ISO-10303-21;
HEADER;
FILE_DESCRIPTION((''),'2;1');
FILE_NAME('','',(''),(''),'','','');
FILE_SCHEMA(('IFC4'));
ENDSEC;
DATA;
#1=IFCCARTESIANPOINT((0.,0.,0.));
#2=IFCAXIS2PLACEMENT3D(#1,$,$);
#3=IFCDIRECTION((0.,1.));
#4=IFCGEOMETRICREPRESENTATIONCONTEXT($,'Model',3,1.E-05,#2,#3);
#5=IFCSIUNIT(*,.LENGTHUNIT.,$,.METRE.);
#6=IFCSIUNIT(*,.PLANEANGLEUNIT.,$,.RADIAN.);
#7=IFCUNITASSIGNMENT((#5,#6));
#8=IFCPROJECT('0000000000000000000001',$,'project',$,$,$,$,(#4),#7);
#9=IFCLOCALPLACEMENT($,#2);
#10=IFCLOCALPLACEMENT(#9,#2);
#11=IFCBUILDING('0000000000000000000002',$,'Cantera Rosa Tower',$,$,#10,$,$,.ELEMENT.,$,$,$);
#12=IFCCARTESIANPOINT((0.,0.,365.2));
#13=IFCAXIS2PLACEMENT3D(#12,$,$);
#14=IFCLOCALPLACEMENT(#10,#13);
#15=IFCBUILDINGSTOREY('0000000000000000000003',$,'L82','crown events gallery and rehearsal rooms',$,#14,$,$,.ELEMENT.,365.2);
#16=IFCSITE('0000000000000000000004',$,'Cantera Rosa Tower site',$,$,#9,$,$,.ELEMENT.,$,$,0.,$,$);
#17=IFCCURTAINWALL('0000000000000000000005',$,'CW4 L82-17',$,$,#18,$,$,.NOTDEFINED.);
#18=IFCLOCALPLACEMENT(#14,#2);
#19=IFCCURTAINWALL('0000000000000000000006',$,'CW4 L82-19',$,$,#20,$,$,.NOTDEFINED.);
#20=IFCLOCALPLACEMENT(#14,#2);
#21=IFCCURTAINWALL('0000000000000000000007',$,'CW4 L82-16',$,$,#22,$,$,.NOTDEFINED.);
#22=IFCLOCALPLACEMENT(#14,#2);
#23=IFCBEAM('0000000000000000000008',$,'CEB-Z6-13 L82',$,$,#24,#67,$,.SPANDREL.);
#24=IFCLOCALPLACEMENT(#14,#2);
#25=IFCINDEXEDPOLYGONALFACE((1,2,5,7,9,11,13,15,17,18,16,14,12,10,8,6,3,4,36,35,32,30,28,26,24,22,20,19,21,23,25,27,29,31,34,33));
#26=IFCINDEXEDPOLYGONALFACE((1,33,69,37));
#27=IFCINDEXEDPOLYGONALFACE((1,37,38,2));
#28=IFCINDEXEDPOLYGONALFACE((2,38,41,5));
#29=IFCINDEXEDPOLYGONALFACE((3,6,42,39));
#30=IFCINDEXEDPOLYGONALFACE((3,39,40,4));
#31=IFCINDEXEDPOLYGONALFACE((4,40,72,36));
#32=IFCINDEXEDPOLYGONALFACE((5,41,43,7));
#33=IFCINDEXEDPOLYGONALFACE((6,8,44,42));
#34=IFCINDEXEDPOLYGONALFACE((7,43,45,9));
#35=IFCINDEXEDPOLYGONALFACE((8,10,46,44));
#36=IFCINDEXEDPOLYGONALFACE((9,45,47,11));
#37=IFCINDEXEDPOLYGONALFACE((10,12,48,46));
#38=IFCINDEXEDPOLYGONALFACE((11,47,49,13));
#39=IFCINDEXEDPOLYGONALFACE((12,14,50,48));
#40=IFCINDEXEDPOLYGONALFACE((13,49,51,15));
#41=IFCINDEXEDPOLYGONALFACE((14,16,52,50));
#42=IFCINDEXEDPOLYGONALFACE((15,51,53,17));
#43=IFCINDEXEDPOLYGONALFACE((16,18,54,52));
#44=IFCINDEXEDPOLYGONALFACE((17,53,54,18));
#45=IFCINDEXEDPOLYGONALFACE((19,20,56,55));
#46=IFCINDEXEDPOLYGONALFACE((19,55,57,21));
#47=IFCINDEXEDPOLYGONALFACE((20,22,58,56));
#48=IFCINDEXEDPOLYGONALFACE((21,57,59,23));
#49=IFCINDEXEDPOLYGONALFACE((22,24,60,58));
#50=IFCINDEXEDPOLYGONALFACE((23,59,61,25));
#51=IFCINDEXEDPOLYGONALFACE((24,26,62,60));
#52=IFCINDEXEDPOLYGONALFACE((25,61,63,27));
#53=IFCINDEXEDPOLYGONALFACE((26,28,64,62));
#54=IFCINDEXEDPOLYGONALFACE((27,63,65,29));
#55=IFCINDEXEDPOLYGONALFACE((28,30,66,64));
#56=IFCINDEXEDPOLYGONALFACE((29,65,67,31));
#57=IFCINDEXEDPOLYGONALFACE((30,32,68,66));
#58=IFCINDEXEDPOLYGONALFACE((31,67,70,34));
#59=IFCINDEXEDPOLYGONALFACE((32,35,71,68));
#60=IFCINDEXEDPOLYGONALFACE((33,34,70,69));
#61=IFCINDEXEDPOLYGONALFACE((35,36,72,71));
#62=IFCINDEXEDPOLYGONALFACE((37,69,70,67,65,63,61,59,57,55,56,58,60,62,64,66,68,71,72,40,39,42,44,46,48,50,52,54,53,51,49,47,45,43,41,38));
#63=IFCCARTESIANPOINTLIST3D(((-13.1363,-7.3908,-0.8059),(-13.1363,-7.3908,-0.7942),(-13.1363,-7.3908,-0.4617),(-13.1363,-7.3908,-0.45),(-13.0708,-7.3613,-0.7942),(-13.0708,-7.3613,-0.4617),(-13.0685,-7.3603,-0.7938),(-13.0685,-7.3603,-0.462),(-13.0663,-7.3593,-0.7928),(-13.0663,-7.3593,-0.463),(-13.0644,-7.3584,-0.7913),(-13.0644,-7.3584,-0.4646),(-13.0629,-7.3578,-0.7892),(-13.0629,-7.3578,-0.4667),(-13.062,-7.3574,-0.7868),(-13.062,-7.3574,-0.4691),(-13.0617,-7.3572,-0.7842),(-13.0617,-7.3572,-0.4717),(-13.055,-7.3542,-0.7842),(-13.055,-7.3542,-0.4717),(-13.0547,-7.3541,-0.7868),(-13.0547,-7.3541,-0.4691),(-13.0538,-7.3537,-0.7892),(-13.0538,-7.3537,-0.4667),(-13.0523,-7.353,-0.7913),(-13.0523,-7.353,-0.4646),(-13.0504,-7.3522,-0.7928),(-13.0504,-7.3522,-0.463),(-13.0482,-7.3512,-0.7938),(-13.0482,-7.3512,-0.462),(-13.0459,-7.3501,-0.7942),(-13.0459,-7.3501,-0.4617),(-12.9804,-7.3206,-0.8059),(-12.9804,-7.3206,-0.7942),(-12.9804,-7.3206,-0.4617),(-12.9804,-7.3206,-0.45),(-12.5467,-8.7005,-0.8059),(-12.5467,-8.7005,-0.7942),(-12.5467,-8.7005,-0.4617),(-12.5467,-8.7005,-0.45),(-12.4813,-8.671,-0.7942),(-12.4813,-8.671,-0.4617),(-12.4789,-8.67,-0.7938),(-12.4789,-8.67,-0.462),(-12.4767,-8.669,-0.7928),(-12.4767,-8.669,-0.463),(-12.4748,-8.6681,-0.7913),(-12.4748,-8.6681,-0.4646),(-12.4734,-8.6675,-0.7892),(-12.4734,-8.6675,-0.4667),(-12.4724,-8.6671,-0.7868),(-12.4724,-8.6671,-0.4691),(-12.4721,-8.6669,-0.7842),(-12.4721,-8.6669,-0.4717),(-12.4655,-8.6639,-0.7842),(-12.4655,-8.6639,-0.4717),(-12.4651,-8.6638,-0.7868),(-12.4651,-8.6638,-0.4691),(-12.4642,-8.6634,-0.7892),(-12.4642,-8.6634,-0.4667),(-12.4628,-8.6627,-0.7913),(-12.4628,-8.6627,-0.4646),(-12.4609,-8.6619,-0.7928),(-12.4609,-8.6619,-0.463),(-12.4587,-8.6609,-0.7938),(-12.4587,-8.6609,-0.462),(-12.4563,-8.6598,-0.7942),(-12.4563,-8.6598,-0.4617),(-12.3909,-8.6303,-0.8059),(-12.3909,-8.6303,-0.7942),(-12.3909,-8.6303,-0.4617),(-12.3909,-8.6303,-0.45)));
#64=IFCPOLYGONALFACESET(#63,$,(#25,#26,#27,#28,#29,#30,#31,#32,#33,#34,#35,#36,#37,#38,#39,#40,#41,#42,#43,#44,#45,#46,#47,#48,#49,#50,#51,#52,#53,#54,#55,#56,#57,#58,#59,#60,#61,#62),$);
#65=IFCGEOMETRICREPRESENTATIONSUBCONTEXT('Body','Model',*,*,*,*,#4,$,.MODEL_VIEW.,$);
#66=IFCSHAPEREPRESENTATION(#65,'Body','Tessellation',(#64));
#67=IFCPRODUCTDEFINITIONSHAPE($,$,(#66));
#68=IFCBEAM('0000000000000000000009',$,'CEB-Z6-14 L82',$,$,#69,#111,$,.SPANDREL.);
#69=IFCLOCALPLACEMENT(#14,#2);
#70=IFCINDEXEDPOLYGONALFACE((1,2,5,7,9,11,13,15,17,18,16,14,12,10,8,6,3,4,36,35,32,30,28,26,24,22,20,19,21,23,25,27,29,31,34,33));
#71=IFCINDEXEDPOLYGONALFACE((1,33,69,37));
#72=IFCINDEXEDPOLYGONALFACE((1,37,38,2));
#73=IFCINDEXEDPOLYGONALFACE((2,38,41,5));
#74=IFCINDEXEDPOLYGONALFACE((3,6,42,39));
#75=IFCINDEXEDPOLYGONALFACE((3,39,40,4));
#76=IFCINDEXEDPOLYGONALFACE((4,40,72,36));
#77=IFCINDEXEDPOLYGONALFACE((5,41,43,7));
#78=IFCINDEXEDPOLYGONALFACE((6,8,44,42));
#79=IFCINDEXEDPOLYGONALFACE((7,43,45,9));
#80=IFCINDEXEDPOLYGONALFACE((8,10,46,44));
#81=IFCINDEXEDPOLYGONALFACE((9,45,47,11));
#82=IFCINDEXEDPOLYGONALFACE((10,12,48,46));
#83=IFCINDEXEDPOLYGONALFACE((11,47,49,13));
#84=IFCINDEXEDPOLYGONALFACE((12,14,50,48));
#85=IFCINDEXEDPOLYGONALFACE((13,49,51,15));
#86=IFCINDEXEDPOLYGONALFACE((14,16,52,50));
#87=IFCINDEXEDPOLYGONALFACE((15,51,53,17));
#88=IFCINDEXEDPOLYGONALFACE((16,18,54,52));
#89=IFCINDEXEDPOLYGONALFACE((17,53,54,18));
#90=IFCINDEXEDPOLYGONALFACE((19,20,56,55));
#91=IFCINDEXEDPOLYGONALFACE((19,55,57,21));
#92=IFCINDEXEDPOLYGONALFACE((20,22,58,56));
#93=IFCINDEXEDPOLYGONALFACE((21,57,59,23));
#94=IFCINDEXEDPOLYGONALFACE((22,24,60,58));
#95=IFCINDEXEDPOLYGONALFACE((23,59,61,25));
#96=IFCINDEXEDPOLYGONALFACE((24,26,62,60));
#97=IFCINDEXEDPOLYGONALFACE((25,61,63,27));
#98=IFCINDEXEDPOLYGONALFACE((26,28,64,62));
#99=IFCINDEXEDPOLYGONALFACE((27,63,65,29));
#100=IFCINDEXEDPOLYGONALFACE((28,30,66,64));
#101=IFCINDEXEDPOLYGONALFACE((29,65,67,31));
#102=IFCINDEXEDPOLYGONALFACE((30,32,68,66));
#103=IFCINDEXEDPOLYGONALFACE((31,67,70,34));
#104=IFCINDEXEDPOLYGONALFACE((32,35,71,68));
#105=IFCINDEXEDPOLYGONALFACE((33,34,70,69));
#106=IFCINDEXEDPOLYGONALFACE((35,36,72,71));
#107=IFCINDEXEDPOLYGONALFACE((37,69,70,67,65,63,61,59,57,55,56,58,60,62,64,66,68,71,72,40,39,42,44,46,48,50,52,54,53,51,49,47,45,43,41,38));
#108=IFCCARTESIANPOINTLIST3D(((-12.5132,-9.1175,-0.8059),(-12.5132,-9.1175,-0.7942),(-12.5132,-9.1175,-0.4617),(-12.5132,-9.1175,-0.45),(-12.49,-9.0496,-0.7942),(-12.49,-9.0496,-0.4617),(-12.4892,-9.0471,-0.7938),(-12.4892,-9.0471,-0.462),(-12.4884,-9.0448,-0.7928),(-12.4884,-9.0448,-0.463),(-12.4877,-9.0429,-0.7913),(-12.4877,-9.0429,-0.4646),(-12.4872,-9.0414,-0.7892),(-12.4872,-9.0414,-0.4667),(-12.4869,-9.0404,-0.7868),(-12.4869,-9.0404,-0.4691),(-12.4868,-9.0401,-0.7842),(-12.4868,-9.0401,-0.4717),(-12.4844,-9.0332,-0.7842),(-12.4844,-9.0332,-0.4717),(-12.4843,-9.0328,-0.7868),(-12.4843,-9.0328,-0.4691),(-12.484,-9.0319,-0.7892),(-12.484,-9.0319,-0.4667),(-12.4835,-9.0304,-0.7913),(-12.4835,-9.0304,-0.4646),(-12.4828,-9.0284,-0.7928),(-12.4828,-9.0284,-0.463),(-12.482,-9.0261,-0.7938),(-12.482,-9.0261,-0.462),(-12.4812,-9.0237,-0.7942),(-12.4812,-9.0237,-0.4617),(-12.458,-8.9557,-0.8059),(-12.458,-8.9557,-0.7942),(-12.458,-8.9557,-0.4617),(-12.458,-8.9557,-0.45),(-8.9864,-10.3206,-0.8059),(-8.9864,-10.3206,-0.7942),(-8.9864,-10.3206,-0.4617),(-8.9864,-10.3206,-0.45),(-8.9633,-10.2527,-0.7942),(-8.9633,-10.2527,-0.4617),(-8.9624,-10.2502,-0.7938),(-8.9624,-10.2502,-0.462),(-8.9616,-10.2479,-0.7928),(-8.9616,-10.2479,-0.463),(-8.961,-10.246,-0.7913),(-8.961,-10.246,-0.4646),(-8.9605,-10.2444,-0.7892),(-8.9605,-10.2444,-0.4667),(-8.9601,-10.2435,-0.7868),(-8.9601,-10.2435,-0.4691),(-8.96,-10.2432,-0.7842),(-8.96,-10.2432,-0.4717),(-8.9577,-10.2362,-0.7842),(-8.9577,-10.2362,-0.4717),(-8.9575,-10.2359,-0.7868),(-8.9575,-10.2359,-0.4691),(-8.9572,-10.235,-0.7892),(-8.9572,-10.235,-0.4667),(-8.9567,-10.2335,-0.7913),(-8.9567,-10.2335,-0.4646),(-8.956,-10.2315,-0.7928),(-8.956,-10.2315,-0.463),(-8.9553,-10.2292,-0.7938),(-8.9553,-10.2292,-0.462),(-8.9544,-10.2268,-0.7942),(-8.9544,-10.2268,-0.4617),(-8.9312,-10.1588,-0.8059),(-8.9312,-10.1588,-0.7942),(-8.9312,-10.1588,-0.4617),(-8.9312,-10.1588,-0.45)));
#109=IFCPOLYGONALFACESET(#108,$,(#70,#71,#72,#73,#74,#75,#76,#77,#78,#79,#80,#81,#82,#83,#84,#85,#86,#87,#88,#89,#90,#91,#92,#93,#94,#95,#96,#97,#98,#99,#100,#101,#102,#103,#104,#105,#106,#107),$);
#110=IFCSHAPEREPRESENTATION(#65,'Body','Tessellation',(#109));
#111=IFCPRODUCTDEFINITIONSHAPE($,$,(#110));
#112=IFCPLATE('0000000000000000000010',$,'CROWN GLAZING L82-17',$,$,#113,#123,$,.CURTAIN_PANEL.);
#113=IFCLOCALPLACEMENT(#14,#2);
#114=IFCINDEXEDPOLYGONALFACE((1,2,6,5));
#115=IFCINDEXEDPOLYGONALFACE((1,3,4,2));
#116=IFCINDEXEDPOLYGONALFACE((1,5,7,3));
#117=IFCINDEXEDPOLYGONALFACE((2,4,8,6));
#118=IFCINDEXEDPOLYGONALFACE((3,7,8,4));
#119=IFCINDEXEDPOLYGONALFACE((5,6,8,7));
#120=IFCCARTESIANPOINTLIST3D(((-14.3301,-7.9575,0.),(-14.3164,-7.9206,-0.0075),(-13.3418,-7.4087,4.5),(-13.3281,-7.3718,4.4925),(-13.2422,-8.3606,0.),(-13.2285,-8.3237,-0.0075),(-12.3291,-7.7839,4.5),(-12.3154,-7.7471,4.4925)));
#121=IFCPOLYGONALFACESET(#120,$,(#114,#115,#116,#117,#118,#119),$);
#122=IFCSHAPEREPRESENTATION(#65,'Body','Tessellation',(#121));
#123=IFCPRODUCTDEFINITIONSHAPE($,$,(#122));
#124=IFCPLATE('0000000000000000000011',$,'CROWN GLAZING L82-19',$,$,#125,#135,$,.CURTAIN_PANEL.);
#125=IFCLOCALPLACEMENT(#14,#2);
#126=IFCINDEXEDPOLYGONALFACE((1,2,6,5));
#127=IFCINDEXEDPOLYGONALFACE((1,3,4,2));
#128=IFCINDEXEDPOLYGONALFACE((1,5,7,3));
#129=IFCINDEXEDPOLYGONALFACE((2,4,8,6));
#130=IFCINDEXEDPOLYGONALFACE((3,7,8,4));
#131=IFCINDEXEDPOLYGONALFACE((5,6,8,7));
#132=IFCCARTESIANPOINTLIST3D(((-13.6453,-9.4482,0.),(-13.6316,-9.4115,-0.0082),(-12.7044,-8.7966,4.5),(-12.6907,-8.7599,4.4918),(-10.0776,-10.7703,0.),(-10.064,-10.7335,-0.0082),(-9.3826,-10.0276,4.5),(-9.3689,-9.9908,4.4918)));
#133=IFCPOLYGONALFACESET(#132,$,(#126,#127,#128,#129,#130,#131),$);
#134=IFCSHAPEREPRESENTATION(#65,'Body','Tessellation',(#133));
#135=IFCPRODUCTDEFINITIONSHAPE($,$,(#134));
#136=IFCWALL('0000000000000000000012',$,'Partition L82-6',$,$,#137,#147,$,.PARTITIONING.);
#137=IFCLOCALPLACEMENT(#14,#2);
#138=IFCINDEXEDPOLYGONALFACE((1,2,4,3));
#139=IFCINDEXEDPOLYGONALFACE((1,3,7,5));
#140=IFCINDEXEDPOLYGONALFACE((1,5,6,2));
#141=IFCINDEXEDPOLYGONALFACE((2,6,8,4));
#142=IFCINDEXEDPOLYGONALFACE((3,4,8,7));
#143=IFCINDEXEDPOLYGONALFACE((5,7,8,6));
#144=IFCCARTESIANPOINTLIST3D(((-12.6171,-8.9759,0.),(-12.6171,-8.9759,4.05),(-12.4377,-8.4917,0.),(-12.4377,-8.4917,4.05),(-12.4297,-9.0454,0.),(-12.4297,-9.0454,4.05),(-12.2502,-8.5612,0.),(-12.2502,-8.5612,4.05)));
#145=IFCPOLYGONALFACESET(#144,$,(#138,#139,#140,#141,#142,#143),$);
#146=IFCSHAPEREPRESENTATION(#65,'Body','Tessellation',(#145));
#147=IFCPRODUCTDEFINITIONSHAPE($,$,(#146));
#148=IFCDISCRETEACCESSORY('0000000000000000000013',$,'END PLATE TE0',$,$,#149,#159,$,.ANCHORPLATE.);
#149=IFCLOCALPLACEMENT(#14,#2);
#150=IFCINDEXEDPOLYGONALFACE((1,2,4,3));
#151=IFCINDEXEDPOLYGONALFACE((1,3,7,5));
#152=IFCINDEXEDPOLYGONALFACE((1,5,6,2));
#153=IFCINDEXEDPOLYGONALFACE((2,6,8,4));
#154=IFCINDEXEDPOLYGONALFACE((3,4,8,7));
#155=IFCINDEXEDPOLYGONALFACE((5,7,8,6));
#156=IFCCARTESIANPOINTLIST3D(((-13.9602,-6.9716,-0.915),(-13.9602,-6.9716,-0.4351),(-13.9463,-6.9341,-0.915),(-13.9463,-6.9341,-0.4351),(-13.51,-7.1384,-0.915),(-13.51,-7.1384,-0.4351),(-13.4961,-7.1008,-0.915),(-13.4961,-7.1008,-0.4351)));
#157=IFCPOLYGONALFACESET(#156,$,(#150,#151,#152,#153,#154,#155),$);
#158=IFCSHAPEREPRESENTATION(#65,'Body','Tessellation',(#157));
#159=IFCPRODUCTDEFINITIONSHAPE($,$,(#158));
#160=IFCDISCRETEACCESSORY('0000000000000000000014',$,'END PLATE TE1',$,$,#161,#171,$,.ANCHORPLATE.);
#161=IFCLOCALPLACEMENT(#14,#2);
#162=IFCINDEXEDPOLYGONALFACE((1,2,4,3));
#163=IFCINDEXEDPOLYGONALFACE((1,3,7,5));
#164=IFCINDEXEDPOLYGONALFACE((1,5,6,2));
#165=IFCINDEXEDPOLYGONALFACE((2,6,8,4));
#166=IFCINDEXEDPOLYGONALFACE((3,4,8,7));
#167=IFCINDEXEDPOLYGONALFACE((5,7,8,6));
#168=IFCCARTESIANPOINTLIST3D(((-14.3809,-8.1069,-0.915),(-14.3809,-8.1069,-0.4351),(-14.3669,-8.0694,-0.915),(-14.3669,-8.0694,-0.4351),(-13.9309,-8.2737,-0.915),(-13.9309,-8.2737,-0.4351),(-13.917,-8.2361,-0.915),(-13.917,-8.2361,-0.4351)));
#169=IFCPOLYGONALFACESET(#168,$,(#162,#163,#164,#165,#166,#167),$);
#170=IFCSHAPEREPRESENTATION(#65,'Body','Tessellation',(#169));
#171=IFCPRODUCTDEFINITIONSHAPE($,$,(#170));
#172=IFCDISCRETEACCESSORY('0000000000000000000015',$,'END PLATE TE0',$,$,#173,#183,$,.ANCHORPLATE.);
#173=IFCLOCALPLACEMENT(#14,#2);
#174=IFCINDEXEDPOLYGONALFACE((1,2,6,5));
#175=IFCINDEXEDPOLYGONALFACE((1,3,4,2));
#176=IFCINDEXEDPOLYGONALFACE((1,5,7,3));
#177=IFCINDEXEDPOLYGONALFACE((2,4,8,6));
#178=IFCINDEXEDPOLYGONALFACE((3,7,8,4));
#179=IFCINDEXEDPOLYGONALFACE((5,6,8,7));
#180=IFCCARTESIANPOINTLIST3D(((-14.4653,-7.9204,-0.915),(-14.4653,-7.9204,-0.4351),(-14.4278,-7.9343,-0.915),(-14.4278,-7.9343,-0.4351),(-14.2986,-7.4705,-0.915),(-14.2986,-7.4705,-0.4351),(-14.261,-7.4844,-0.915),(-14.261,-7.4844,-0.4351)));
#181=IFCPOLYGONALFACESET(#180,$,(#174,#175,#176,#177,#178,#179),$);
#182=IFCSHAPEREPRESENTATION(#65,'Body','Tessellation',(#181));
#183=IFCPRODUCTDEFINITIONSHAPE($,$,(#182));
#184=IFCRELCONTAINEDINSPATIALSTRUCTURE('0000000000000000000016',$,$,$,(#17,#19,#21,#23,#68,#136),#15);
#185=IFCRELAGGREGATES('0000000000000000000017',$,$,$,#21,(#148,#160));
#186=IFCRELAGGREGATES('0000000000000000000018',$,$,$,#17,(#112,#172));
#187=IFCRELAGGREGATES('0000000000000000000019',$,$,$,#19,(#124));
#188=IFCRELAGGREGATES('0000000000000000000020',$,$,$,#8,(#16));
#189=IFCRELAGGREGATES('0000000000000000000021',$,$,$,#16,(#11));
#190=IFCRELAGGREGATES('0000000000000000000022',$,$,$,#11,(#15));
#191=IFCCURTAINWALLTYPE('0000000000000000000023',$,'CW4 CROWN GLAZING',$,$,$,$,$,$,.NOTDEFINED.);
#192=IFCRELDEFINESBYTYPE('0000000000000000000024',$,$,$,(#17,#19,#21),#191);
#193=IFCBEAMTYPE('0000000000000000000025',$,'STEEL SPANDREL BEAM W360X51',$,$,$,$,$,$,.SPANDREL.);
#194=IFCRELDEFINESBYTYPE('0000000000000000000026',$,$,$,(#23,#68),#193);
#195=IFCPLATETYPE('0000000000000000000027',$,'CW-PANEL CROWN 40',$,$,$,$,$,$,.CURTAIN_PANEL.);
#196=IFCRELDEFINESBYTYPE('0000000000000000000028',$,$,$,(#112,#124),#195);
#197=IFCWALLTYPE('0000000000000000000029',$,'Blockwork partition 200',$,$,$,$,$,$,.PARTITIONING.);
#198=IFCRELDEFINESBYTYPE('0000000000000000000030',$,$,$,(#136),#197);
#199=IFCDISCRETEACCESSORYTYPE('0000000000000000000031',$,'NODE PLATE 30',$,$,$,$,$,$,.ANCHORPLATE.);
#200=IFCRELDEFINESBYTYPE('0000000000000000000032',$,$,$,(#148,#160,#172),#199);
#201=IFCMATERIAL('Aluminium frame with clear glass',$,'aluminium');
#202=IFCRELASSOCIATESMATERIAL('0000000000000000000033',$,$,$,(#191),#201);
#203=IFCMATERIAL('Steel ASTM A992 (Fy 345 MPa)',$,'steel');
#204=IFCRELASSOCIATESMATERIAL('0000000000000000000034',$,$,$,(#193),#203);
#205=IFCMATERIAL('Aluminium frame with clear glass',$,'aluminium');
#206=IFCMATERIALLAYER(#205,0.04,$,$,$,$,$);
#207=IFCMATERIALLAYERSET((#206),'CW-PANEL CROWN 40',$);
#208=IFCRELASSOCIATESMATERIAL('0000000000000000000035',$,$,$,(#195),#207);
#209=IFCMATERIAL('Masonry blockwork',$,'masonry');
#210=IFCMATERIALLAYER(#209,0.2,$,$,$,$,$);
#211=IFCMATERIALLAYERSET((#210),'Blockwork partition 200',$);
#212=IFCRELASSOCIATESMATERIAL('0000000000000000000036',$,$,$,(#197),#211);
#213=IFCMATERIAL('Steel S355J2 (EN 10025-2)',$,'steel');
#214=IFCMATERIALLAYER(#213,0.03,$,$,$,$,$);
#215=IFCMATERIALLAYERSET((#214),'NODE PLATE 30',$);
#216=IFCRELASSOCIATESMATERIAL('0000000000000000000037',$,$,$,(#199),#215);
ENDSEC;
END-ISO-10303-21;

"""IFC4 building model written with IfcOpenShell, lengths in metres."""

from ifc_helpers import new_model, si_unit, direction, frame, frame_2d, origin, origin_2d, place, context, subcontext, project, spatial, polyline, rectangle, i_section, outline, extrude, material, layer, layer_set, material_profile, profile_set, type_object, element, aggregate, save


model = new_model("IFC4")

# Units and contexts
model_context = context("Model", 3, precision=1e-05, world=origin(), true_north=direction((0.0, 1.0)))
body_context = subcontext(model_context, "Body", "Model", "MODEL_VIEW")
ifc_project = project(units=[si_unit("LENGTHUNIT", "METRE"), si_unit("PLANEANGLEUNIT", "RADIAN")], contexts=[model_context])

# Site, building, storey
site_placement = place(None, origin())
site = spatial("IfcSite", under=ifc_project, at=site_placement, Name="Cantera Rosa Tower site", CompositionType="ELEMENT", RefElevation=0.0)
building_placement = place(site_placement, origin())
building = spatial("IfcBuilding", under=site, at=building_placement, Name="Cantera Rosa Tower", CompositionType="ELEMENT")
storey_placement = place(building_placement, frame((0.0, 0.0, 365.2)))
storey = spatial("IfcBuildingStorey", under=building, at=storey_placement, Name="L82", Description="crown events gallery and rehearsal rooms", CompositionType="ELEMENT", Elevation=365.2)

# Curtain walls
ifc_material_1 = material(Name="Aluminium frame with clear glass", Category="aluminium")
curtain_wall_type = type_object("IfcCurtainWallType", Name="CW4 CROWN GLAZING", PredefinedType="NOTDEFINED", material=ifc_material_1)
curtain_wall_1_placement = place(storey_placement, origin())
curtain_wall_1 = element("IfcCurtainWall", 1, at=curtain_wall_1_placement, inside=storey, type_object=curtain_wall_type, Name="CW4 L82-17", PredefinedType="NOTDEFINED")
curtain_wall_2_placement = place(storey_placement, origin())
curtain_wall_2 = element("IfcCurtainWall", 2, at=curtain_wall_2_placement, inside=storey, type_object=curtain_wall_type, Name="CW4 L82-19", PredefinedType="NOTDEFINED")
curtain_wall_3_placement = place(storey_placement, origin())
curtain_wall_3 = element("IfcCurtainWall", 3, at=curtain_wall_3_placement, inside=storey, type_object=curtain_wall_type, Name="CW4 L82-16", PredefinedType="NOTDEFINED")

# Beams
ifc_material_2 = material(Name="Steel ASTM A992 (Fy 345 MPa)", Category="steel")
ifc_material_profile_1 = material_profile(ifc_material_2, i_section(OverallWidth=0.1709, OverallDepth=0.356, WebThickness=0.0073, FlangeThickness=0.0117, FilletRadius=0.01, at=origin_2d()), Name="W360X51")
ifc_profile_set_1 = profile_set([ifc_material_profile_1], Name="Steel ASTM A992 (Fy 345 MPa)")
beam_type_1 = type_object("IfcBeamType", Name="STEEL SPANDREL BEAM W360X51", PredefinedType="SPANDREL", material=ifc_profile_set_1)
beam_1_placement = place(storey_placement, frame((-13.0583, -7.3557, -0.6279), z_axis=(0.410471, -0.911874, 0.0), x_axis=(0.911874, 0.410471, 0.0)))
element("IfcBeam", 4, at=beam_1_placement, inside=storey, type_object=beam_type_1, Name="CEB-Z6-13 L82", PredefinedType="SPANDREL", context=body_context, shape_type="SweptSolid", body=[
    extrude(i_section(OverallWidth=0.1709, OverallDepth=0.356, WebThickness=0.0073, FlangeThickness=0.0117, FilletRadius=0.01, at=origin_2d()), origin(), (0.0, 0.0, 1.0), 1.4363),
])
beam_2_placement = place(storey_placement, frame((-12.4856, -9.0366, -0.6279), z_axis=(0.946446, -0.322863, 0.0), x_axis=(0.322863, 0.946446, 0.0)))
element("IfcBeam", 5, at=beam_2_placement, inside=storey, type_object=beam_type_1, Name="CEB-Z6-14 L82", PredefinedType="SPANDREL", context=body_context, shape_type="SweptSolid", body=[
    extrude(i_section(OverallWidth=0.1709, OverallDepth=0.356, WebThickness=0.0073, FlangeThickness=0.0117, FilletRadius=0.01, at=origin_2d()), origin(), (0.0, 0.0, 1.0), 3.7263),
])

# Plates
ifc_material_3 = material(Name="Aluminium frame with clear glass", Category="aluminium")
ifc_layer_1 = layer(ifc_material_3, 0.04)
ifc_layer_set_1 = layer_set([ifc_layer_1], Name="CW-PANEL CROWN 40")
plate_type = type_object("IfcPlateType", Name="CW-PANEL CROWN 40", PredefinedType="CURTAIN_PANEL", material=ifc_layer_set_1)
plate_1_placement = place(storey_placement, frame((-14.3301, -7.9575, 0.0), z_axis=(-0.341294, -0.921108, 0.187291), x_axis=(0.937702, -0.347442, 0.000002)))
plate_1 = element("IfcPlate", 6, at=plate_1_placement, type_object=plate_type, Name="CROWN GLAZING L82-17", PredefinedType="CURTAIN_PANEL", context=body_context, shape_type="SweptSolid", body=[
    extrude(outline(polyline([(0.0, 0.0), (1.1602, 0.0), (1.816, 4.5811), (0.736, 4.5811), (0.0, 0.0)])), origin(), (0.0, 0.0, -1.0), 0.04),
])
plate_2_placement = place(storey_placement, frame((-13.6453, -9.4482, 0.0), z_axis=(-0.340165, -0.917961, 0.204045), x_axis=(0.937689, -0.347475, 0.000001)))
plate_2 = element("IfcPlate", 7, at=plate_2_placement, type_object=plate_type, Name="CROWN GLAZING L82-19", PredefinedType="CURTAIN_PANEL", context=body_context, shape_type="SweptSolid", body=[
    extrude(outline(polyline([(0.0, 0.0), (3.8047, 0.0), (4.1984, 4.5967), (0.6559, 4.5967), (0.0, 0.0)])), origin(), (0.0, 0.0, -1.0), 0.04),
])

# Wall
ifc_material_4 = material(Name="Masonry blockwork", Category="masonry")
ifc_layer_2 = layer(ifc_material_4, 0.2)
ifc_layer_set_2 = layer_set([ifc_layer_2], Name="Blockwork partition 200")
wall_type = type_object("IfcWallType", Name="Blockwork partition 200", PredefinedType="PARTITIONING", material=ifc_layer_set_2)
wall_placement = place(storey_placement, frame((-12.5234, -9.0107, 0.0), z_axis=(0.0, 0.0, 1.0), x_axis=(0.347545, 0.937663, 0.0)))
element("IfcWall", 8, at=wall_placement, inside=storey, type_object=wall_type, Name="Partition L82-6", PredefinedType="PARTITIONING", context=body_context, shape_type="SweptSolid", body=[
    extrude(rectangle(XDim=0.5164, YDim=0.2, at=frame_2d((0.2583, 0.0))), origin(), (0.0, 0.0, 1.0), 4.05),
])

# Discrete accessories
ifc_material_5 = material(Name="Steel S355J2 (EN 10025-2)", Category="steel")
ifc_layer_3 = layer(ifc_material_5, 0.03)
ifc_layer_set_3 = layer_set([ifc_layer_3], Name="NODE PLATE 30")
discrete_accessory_type = type_object("IfcDiscreteAccessoryType", Name="NODE PLATE 30", PredefinedType="ANCHORPLATE", material=ifc_layer_set_3)
discrete_accessory_1_placement = place(storey_placement, frame((-13.9463, -6.9341, -0.4351), z_axis=(0.347331, 0.937743, 0.0), x_axis=(0.937743, -0.347331, 0.0)))
discrete_accessory_1 = element("IfcDiscreteAccessory", 9, at=discrete_accessory_1_placement, type_object=discrete_accessory_type, Name="END PLATE TE0", PredefinedType="ANCHORPLATE", context=body_context, shape_type="SweptSolid", body=[
    extrude(outline(polyline([(0.0, 0.0), (0.4801, 0.0), (0.4801, 0.48), (0.0, 0.48), (0.0, 0.0)])), origin(), (0.0, 0.0, -1.0), 0.04),
])
discrete_accessory_2_placement = place(storey_placement, frame((-13.9309, -8.2737, -0.4351), z_axis=(-0.347497, -0.937681, 0.0), x_axis=(-0.937681, 0.347497, 0.0)))
discrete_accessory_2 = element("IfcDiscreteAccessory", 10, at=discrete_accessory_2_placement, type_object=discrete_accessory_type, Name="END PLATE TE1", PredefinedType="ANCHORPLATE", context=body_context, shape_type="SweptSolid", body=[
    extrude(outline(polyline([(0.0, 0.0), (0.4799, 0.0), (0.4799, 0.48), (0.0, 0.48), (0.0, 0.0)])), origin(), (0.0, 0.0, -1.0), 0.04),
])
aggregate(curtain_wall_3, [discrete_accessory_1, discrete_accessory_2])
discrete_accessory_3_placement = place(storey_placement, frame((-14.4653, -7.9204, -0.4351), z_axis=(-0.937681, 0.347497, 0.0), x_axis=(0.347497, 0.937681, 0.0)))
discrete_accessory_3 = element("IfcDiscreteAccessory", 11, at=discrete_accessory_3_placement, type_object=discrete_accessory_type, Name="END PLATE TE0", PredefinedType="ANCHORPLATE", context=body_context, shape_type="SweptSolid", body=[
    extrude(outline(polyline([(0.0, 0.0), (0.4799, 0.0), (0.4799, 0.48), (0.0, 0.48), (0.0, 0.0)])), origin(), (0.0, 0.0, -1.0), 0.04),
])
aggregate(curtain_wall_1, [plate_1, discrete_accessory_3])
aggregate(curtain_wall_2, [plate_2])

save(model, "model.ifc")
